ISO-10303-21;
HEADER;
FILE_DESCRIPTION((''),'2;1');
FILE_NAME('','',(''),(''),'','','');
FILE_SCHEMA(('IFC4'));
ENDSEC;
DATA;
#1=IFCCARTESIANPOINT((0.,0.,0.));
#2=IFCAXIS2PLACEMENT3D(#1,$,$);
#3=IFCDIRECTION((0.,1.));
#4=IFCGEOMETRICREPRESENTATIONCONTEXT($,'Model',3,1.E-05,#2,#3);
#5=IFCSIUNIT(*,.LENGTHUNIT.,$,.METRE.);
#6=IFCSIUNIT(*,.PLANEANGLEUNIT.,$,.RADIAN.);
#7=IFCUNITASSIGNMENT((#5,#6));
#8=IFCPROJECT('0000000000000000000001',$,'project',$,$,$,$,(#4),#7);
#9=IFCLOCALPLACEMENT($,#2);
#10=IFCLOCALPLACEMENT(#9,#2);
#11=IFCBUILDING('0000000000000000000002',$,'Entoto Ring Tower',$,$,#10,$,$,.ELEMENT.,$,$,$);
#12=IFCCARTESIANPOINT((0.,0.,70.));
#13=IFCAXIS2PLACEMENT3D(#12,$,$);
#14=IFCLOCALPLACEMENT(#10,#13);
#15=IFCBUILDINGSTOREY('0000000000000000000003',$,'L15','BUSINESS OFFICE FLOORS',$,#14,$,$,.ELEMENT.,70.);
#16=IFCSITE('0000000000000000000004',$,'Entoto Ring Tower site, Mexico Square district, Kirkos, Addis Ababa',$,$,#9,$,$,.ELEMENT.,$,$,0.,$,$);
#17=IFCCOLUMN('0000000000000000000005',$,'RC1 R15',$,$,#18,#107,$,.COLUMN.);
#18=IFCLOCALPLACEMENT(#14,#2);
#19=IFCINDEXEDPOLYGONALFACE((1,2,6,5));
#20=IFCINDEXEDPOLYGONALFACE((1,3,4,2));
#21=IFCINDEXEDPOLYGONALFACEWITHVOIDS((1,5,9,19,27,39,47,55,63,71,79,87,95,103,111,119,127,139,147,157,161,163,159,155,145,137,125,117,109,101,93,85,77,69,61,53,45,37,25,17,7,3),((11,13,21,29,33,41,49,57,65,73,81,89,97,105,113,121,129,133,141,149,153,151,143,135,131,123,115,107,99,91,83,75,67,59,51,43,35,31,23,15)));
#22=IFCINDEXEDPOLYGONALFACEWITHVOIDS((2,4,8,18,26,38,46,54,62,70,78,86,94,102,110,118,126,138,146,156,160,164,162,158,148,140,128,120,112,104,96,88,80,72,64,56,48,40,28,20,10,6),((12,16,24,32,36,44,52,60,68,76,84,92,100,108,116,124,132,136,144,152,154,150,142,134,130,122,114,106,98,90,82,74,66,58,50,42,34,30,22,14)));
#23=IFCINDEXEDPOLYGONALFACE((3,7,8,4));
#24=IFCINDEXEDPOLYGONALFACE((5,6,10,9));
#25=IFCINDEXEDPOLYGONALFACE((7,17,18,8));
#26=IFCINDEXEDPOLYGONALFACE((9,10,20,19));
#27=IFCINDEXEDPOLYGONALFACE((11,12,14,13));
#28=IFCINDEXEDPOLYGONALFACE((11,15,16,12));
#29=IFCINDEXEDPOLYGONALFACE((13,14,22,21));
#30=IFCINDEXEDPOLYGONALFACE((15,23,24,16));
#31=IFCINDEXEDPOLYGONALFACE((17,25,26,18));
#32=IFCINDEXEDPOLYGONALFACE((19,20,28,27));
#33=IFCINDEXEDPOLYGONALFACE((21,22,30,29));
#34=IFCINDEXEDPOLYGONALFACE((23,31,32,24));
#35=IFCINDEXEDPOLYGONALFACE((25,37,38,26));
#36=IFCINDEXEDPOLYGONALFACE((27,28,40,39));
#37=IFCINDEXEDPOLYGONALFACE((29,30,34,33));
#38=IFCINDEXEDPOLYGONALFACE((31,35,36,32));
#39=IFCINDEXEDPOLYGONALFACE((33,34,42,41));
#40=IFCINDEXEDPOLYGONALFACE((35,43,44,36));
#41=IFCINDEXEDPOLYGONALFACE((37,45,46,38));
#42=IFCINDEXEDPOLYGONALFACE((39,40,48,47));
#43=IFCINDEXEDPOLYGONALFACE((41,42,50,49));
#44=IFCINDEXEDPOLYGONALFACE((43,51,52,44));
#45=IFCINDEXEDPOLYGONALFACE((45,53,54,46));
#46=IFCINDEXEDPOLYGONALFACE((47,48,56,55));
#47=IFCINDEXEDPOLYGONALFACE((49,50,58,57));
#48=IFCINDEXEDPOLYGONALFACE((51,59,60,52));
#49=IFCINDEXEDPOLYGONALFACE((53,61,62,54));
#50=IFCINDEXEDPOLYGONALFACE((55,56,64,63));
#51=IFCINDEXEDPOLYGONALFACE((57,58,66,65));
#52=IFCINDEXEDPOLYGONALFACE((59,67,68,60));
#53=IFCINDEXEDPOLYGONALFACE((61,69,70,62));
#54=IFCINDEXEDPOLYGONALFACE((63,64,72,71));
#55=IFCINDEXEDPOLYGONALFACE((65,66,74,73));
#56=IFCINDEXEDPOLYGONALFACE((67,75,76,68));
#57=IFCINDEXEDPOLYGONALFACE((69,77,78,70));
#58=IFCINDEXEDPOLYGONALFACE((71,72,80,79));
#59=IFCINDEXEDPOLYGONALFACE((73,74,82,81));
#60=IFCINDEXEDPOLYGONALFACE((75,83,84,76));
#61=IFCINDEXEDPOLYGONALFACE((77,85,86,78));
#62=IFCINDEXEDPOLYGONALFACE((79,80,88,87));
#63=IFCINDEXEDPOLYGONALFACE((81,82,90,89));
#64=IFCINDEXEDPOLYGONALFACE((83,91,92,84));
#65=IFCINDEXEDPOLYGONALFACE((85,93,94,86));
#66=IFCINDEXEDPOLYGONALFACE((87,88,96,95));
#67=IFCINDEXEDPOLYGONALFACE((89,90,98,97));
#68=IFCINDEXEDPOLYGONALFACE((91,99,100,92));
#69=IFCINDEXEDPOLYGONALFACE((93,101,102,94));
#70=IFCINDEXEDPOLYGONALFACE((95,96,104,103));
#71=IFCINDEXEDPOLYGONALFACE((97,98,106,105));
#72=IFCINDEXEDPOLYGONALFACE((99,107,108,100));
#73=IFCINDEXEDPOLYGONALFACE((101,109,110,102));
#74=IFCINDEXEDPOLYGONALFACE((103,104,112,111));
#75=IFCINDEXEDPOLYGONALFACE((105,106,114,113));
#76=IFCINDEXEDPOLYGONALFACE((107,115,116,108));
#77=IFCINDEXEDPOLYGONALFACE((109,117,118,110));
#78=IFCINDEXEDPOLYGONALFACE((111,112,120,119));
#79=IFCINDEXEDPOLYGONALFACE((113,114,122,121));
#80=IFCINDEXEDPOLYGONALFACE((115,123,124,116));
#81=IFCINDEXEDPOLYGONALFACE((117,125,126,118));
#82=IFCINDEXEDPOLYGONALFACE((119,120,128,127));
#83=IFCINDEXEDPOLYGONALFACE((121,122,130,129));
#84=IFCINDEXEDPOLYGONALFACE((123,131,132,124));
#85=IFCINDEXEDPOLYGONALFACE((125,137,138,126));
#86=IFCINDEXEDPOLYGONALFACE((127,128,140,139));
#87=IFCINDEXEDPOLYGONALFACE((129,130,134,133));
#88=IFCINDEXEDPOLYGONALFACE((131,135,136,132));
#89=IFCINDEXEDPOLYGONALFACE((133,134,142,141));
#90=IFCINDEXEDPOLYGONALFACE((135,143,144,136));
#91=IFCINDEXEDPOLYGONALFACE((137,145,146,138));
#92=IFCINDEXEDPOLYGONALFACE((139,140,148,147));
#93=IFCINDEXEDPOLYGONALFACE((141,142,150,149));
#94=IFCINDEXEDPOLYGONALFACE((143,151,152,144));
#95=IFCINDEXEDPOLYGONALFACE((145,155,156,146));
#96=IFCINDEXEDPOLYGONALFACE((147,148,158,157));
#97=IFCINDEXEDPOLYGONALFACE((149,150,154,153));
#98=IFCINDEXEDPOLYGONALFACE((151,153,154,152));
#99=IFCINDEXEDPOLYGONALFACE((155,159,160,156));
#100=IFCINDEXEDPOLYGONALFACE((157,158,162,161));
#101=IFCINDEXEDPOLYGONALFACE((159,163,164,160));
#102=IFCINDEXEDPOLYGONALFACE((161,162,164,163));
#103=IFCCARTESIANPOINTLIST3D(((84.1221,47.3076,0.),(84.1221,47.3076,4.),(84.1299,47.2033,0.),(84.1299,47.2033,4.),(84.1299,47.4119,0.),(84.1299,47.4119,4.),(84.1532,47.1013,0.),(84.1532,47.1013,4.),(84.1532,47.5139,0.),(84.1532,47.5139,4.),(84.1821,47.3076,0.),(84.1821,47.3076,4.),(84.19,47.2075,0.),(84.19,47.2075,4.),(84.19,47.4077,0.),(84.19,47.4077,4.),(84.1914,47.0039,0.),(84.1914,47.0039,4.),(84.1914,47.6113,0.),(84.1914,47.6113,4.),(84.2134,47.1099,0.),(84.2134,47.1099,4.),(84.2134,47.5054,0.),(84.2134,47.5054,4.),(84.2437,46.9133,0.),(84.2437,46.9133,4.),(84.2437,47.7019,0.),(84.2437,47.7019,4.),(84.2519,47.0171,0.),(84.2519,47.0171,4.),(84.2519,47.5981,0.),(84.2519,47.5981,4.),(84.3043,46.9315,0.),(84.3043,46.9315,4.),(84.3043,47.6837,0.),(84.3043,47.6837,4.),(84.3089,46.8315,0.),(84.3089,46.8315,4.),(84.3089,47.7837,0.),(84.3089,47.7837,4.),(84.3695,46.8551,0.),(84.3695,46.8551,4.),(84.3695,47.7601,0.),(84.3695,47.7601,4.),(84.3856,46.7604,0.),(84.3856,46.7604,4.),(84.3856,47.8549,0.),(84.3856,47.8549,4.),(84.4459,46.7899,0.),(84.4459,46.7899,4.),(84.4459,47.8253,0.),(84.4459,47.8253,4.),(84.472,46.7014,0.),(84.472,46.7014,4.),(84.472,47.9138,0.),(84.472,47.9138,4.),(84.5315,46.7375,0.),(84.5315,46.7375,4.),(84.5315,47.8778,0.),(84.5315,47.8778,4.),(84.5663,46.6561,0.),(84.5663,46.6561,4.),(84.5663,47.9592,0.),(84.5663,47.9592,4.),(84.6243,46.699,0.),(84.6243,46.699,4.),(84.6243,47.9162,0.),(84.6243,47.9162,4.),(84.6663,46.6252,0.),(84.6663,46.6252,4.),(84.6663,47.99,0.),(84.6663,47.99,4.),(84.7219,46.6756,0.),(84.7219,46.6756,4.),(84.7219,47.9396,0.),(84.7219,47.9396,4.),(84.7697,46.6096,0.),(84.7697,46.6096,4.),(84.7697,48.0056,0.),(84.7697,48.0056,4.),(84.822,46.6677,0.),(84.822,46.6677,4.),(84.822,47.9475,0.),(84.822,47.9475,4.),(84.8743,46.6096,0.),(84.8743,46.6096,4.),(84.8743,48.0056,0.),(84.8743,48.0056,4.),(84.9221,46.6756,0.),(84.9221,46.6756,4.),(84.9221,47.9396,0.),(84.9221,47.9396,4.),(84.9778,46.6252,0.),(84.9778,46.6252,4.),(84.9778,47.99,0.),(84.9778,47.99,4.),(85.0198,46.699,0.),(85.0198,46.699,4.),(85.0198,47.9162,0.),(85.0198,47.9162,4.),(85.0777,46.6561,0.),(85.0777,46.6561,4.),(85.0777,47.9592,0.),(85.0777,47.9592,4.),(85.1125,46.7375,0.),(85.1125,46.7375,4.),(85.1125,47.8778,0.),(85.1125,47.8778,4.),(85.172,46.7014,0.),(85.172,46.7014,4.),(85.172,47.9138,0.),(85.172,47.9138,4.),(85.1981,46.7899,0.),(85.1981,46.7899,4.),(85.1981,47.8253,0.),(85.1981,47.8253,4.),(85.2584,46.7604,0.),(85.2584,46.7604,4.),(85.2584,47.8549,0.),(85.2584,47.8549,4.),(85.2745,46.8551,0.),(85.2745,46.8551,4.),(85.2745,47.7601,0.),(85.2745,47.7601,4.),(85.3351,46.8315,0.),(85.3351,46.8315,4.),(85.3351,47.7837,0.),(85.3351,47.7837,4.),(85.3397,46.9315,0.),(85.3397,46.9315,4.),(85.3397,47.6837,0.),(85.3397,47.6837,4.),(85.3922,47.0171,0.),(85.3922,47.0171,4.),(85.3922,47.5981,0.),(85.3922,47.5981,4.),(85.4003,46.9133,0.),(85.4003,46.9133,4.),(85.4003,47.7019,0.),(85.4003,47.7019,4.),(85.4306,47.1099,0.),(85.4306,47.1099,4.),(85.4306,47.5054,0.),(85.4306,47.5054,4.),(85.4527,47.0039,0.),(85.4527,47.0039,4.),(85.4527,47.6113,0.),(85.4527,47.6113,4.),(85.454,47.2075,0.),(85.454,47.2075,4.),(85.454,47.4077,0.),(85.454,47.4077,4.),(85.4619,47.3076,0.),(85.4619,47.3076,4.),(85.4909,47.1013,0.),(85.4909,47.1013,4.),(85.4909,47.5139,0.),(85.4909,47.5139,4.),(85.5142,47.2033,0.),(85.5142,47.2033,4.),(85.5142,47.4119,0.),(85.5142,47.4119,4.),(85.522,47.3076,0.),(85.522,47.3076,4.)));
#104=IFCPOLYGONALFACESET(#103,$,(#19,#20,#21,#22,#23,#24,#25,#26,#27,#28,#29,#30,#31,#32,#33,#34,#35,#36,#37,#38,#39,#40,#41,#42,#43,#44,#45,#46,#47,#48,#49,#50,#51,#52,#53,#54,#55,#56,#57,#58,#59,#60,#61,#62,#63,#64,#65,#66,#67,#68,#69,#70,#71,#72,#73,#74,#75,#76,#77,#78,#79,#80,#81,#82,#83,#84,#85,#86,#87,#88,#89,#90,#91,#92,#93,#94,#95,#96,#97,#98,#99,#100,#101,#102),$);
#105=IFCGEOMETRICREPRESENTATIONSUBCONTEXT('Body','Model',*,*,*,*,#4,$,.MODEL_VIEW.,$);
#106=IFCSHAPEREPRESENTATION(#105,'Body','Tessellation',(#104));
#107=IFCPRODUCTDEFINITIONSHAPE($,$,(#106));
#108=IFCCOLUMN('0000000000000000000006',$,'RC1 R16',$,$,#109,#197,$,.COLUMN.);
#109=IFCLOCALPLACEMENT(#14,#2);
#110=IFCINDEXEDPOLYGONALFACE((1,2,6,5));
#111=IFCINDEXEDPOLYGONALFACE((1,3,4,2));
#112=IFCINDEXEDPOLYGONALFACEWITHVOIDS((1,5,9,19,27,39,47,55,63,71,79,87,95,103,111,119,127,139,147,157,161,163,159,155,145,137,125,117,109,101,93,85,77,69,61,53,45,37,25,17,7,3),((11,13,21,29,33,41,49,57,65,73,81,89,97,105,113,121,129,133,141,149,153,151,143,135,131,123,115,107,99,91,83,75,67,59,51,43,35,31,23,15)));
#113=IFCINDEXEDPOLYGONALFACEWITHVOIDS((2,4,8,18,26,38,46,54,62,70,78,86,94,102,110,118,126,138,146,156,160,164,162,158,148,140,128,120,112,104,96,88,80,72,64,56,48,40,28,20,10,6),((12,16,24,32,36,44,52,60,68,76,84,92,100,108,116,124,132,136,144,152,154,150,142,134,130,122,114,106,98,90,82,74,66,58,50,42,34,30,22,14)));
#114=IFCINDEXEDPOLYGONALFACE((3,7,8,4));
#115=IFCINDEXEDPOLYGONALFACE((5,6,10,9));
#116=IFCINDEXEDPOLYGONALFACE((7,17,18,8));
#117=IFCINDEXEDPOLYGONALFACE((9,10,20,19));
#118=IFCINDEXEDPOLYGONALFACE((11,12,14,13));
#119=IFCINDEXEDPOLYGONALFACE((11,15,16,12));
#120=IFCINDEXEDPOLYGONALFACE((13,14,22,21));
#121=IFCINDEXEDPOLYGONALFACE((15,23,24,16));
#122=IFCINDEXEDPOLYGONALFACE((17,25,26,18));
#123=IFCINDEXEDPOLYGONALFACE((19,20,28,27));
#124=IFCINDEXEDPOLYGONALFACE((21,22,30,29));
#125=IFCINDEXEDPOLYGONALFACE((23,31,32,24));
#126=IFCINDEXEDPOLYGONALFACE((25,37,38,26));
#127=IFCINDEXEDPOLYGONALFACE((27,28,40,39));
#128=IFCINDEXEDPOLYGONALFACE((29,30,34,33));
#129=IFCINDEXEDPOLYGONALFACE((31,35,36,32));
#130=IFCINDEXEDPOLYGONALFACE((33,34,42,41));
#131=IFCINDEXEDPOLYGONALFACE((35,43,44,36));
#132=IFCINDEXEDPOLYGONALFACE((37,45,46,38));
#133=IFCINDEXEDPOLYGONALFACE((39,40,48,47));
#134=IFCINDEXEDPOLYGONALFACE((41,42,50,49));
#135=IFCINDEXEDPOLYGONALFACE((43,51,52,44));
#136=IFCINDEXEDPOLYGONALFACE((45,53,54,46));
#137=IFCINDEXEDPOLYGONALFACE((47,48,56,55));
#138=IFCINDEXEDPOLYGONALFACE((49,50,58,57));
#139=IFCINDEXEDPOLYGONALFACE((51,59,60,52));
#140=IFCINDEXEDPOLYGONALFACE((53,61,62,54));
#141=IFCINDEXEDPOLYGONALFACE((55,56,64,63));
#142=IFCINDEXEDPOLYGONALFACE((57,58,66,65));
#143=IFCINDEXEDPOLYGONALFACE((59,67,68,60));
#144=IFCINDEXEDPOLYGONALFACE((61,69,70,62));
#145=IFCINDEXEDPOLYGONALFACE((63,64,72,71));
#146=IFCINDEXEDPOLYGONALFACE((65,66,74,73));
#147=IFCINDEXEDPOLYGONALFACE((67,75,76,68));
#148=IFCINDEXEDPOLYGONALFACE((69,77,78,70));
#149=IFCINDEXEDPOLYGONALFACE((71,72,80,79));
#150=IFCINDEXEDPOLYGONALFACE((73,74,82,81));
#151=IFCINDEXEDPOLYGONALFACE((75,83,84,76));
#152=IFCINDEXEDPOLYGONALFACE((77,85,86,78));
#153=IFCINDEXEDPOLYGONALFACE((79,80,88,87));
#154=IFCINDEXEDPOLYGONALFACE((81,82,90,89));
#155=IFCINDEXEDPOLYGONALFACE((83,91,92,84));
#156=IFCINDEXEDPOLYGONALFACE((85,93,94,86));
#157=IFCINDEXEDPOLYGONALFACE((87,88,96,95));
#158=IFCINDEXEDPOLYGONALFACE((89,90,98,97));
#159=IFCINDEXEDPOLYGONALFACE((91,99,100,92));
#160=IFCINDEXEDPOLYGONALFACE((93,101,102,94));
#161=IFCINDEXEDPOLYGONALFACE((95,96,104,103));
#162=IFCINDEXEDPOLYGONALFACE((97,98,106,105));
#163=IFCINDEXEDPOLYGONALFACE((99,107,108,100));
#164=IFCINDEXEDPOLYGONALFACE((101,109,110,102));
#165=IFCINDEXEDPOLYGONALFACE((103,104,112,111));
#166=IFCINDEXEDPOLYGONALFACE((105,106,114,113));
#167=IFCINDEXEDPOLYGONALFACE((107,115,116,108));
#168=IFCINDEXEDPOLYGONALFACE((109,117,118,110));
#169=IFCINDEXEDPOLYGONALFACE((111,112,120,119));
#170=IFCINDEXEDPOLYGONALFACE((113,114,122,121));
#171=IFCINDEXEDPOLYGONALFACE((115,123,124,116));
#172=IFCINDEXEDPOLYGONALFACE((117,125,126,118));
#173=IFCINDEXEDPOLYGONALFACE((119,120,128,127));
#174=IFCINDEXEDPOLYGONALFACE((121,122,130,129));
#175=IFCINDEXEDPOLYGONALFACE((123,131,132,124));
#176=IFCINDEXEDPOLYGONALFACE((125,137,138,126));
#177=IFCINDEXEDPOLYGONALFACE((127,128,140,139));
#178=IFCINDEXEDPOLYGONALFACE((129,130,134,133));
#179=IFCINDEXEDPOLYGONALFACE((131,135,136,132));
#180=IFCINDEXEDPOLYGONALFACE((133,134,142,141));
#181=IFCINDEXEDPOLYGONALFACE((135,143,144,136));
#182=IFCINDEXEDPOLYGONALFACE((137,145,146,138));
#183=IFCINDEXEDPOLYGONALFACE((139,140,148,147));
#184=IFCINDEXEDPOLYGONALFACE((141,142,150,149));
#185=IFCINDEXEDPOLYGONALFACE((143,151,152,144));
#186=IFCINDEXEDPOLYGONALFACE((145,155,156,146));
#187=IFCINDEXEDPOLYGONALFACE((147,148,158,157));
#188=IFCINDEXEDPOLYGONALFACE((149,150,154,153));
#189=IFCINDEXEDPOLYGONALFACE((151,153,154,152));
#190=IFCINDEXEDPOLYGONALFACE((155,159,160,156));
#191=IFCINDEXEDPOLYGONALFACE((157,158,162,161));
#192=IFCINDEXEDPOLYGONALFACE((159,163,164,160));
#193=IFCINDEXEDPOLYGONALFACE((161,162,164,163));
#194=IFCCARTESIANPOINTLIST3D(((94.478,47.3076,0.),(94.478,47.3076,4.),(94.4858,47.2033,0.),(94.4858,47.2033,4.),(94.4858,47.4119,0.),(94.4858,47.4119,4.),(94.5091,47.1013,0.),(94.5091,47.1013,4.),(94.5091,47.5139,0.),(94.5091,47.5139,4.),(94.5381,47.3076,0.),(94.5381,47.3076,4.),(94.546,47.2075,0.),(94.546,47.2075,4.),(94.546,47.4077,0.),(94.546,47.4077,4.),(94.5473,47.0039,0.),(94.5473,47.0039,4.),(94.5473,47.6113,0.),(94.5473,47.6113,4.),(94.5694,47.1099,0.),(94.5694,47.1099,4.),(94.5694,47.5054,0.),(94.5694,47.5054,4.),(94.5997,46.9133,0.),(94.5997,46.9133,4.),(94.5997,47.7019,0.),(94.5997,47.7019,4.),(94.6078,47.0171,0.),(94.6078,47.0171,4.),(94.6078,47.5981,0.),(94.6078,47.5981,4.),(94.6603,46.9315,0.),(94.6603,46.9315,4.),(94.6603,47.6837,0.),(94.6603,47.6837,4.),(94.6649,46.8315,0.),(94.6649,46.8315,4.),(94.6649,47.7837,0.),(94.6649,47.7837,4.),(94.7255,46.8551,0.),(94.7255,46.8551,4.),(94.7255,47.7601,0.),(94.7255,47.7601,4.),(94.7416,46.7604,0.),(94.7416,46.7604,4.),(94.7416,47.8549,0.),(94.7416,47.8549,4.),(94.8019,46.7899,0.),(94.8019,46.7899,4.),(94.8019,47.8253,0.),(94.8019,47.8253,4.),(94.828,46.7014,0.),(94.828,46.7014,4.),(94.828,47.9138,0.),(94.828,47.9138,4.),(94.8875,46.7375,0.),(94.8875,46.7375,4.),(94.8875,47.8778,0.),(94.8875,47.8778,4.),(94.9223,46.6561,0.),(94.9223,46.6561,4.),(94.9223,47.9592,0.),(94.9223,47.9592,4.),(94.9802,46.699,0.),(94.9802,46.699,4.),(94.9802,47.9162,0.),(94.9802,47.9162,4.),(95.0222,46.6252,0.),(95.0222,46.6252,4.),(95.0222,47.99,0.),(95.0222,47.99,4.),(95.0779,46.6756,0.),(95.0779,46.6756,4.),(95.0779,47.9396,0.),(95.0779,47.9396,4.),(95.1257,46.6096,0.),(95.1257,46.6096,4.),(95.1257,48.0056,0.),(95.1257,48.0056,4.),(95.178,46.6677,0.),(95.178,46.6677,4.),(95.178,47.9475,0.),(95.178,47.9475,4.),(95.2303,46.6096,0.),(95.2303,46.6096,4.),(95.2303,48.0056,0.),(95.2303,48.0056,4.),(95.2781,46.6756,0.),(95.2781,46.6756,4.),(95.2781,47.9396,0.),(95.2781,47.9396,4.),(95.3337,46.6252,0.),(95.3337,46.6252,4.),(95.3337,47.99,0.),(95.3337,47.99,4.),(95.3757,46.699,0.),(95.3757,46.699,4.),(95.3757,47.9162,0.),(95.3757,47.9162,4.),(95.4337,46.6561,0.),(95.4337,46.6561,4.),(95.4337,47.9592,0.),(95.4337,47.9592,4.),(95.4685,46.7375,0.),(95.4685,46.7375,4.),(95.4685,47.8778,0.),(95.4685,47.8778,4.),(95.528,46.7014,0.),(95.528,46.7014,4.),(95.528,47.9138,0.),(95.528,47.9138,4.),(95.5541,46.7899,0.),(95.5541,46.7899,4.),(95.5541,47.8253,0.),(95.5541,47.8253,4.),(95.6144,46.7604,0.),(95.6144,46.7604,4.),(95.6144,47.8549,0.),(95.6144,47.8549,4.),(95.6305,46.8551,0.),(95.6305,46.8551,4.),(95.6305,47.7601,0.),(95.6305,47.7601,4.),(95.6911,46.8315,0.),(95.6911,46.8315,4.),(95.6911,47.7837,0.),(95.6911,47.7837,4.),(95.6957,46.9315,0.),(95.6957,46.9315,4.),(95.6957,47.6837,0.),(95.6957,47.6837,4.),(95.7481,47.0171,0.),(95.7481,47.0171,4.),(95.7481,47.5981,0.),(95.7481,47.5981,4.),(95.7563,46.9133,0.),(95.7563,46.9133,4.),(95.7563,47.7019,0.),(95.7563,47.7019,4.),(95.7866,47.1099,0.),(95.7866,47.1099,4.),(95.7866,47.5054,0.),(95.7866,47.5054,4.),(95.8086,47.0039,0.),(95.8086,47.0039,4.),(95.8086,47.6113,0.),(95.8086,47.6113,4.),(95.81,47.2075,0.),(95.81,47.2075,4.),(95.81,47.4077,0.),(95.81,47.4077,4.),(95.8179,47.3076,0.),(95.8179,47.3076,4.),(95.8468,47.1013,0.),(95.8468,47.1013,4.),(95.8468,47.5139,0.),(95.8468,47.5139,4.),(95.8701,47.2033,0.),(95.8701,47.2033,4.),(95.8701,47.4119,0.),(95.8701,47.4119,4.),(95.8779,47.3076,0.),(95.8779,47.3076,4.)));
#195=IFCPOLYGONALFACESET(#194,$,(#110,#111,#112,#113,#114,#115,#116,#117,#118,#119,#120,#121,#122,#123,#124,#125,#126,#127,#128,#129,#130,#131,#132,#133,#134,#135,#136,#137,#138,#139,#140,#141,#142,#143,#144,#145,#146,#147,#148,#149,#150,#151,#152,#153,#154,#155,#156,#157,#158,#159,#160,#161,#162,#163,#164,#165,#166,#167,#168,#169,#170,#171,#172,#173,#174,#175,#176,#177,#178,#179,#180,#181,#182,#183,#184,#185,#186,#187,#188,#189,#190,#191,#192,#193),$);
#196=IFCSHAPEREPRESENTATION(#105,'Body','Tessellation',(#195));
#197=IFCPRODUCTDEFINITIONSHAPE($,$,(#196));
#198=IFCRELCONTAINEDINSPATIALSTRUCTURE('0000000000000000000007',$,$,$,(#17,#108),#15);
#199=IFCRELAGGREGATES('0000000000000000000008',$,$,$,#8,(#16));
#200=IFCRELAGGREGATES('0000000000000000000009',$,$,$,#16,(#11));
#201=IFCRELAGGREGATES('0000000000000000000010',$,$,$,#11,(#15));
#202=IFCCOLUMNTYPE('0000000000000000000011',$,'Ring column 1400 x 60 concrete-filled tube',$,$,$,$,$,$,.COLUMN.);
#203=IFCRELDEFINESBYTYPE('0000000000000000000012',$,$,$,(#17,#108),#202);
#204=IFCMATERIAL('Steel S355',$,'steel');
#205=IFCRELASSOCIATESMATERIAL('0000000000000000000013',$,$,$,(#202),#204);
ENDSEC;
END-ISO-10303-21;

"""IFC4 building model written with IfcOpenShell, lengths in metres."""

from ifc_helpers import new_model, si_unit, direction, frame, origin, origin_2d, place, context, subcontext, project, spatial, circle, hollow_circle, extrude, material, material_profile, profile_set, type_object, element, save


model = new_model("IFC4")

# Units and contexts
model_context = context("Model", 3, precision=1e-05, world=origin(), true_north=direction((0.0, 1.0)))
body_context = subcontext(model_context, "Body", "Model", "MODEL_VIEW")
ifc_project = project(units=[si_unit("LENGTHUNIT", "METRE"), si_unit("PLANEANGLEUNIT", "RADIAN")], contexts=[model_context])

# Site, building, storey
site_placement = place(None, origin())
site = spatial("IfcSite", under=ifc_project, at=site_placement, Name="Entoto Ring Tower site, Mexico Square district, Kirkos, Addis Ababa", CompositionType="ELEMENT", RefElevation=0.0)
building_placement = place(site_placement, origin())
building = spatial("IfcBuilding", under=site, at=building_placement, Name="Entoto Ring Tower", CompositionType="ELEMENT")
storey_placement = place(building_placement, frame((0.0, 0.0, 70.0)))
storey = spatial("IfcBuildingStorey", under=building, at=storey_placement, Name="L15", Description="BUSINESS OFFICE FLOORS", CompositionType="ELEMENT", Elevation=70.0)

# Columns
ifc_material_1 = material(Name="Steel S355", Category="steel")
ifc_material_profile_1 = material_profile(ifc_material_1, hollow_circle(Radius=0.7, WallThickness=0.0601, at=origin_2d()), Name="CHS 1400 x 60")
ifc_material_2 = material(Name="Concrete C60/75", Category="concrete")
ifc_material_profile_2 = material_profile(ifc_material_2, circle(Radius=0.6399, at=origin_2d()), Name="Concrete C60/75 infill")
ifc_profile_set_1 = profile_set([ifc_material_profile_1, ifc_material_profile_2], Name="Steel S355")
column_type = type_object("IfcColumnType", Name="Ring column 1400 x 60 concrete-filled tube", PredefinedType="COLUMN", material=ifc_profile_set_1)
for number, where, z_axis, x_axis, name in (
    (1, (84.822, 47.3076, 0.0), (0.0, 0.0, 1.0), (1.0, 0.0, 0.0), "RC1 R15"),
    (2, (95.178, 47.3076, 0.0), (0.0, 0.0, 1.0), (1.0, 0.0, 0.0), "RC1 R16"),
):
    element("IfcColumn", number, at=place(storey_placement, frame(where, z_axis=z_axis, x_axis=x_axis)), inside=storey, type_object=column_type, Name=name, PredefinedType="COLUMN", context=body_context, shape_type="SweptSolid", body=[
        extrude(hollow_circle(Radius=0.7, WallThickness=0.0601, at=origin_2d()), origin(), (0.0, 0.0, 1.0), 4.0),
    ])

save(model, "model.ifc")
